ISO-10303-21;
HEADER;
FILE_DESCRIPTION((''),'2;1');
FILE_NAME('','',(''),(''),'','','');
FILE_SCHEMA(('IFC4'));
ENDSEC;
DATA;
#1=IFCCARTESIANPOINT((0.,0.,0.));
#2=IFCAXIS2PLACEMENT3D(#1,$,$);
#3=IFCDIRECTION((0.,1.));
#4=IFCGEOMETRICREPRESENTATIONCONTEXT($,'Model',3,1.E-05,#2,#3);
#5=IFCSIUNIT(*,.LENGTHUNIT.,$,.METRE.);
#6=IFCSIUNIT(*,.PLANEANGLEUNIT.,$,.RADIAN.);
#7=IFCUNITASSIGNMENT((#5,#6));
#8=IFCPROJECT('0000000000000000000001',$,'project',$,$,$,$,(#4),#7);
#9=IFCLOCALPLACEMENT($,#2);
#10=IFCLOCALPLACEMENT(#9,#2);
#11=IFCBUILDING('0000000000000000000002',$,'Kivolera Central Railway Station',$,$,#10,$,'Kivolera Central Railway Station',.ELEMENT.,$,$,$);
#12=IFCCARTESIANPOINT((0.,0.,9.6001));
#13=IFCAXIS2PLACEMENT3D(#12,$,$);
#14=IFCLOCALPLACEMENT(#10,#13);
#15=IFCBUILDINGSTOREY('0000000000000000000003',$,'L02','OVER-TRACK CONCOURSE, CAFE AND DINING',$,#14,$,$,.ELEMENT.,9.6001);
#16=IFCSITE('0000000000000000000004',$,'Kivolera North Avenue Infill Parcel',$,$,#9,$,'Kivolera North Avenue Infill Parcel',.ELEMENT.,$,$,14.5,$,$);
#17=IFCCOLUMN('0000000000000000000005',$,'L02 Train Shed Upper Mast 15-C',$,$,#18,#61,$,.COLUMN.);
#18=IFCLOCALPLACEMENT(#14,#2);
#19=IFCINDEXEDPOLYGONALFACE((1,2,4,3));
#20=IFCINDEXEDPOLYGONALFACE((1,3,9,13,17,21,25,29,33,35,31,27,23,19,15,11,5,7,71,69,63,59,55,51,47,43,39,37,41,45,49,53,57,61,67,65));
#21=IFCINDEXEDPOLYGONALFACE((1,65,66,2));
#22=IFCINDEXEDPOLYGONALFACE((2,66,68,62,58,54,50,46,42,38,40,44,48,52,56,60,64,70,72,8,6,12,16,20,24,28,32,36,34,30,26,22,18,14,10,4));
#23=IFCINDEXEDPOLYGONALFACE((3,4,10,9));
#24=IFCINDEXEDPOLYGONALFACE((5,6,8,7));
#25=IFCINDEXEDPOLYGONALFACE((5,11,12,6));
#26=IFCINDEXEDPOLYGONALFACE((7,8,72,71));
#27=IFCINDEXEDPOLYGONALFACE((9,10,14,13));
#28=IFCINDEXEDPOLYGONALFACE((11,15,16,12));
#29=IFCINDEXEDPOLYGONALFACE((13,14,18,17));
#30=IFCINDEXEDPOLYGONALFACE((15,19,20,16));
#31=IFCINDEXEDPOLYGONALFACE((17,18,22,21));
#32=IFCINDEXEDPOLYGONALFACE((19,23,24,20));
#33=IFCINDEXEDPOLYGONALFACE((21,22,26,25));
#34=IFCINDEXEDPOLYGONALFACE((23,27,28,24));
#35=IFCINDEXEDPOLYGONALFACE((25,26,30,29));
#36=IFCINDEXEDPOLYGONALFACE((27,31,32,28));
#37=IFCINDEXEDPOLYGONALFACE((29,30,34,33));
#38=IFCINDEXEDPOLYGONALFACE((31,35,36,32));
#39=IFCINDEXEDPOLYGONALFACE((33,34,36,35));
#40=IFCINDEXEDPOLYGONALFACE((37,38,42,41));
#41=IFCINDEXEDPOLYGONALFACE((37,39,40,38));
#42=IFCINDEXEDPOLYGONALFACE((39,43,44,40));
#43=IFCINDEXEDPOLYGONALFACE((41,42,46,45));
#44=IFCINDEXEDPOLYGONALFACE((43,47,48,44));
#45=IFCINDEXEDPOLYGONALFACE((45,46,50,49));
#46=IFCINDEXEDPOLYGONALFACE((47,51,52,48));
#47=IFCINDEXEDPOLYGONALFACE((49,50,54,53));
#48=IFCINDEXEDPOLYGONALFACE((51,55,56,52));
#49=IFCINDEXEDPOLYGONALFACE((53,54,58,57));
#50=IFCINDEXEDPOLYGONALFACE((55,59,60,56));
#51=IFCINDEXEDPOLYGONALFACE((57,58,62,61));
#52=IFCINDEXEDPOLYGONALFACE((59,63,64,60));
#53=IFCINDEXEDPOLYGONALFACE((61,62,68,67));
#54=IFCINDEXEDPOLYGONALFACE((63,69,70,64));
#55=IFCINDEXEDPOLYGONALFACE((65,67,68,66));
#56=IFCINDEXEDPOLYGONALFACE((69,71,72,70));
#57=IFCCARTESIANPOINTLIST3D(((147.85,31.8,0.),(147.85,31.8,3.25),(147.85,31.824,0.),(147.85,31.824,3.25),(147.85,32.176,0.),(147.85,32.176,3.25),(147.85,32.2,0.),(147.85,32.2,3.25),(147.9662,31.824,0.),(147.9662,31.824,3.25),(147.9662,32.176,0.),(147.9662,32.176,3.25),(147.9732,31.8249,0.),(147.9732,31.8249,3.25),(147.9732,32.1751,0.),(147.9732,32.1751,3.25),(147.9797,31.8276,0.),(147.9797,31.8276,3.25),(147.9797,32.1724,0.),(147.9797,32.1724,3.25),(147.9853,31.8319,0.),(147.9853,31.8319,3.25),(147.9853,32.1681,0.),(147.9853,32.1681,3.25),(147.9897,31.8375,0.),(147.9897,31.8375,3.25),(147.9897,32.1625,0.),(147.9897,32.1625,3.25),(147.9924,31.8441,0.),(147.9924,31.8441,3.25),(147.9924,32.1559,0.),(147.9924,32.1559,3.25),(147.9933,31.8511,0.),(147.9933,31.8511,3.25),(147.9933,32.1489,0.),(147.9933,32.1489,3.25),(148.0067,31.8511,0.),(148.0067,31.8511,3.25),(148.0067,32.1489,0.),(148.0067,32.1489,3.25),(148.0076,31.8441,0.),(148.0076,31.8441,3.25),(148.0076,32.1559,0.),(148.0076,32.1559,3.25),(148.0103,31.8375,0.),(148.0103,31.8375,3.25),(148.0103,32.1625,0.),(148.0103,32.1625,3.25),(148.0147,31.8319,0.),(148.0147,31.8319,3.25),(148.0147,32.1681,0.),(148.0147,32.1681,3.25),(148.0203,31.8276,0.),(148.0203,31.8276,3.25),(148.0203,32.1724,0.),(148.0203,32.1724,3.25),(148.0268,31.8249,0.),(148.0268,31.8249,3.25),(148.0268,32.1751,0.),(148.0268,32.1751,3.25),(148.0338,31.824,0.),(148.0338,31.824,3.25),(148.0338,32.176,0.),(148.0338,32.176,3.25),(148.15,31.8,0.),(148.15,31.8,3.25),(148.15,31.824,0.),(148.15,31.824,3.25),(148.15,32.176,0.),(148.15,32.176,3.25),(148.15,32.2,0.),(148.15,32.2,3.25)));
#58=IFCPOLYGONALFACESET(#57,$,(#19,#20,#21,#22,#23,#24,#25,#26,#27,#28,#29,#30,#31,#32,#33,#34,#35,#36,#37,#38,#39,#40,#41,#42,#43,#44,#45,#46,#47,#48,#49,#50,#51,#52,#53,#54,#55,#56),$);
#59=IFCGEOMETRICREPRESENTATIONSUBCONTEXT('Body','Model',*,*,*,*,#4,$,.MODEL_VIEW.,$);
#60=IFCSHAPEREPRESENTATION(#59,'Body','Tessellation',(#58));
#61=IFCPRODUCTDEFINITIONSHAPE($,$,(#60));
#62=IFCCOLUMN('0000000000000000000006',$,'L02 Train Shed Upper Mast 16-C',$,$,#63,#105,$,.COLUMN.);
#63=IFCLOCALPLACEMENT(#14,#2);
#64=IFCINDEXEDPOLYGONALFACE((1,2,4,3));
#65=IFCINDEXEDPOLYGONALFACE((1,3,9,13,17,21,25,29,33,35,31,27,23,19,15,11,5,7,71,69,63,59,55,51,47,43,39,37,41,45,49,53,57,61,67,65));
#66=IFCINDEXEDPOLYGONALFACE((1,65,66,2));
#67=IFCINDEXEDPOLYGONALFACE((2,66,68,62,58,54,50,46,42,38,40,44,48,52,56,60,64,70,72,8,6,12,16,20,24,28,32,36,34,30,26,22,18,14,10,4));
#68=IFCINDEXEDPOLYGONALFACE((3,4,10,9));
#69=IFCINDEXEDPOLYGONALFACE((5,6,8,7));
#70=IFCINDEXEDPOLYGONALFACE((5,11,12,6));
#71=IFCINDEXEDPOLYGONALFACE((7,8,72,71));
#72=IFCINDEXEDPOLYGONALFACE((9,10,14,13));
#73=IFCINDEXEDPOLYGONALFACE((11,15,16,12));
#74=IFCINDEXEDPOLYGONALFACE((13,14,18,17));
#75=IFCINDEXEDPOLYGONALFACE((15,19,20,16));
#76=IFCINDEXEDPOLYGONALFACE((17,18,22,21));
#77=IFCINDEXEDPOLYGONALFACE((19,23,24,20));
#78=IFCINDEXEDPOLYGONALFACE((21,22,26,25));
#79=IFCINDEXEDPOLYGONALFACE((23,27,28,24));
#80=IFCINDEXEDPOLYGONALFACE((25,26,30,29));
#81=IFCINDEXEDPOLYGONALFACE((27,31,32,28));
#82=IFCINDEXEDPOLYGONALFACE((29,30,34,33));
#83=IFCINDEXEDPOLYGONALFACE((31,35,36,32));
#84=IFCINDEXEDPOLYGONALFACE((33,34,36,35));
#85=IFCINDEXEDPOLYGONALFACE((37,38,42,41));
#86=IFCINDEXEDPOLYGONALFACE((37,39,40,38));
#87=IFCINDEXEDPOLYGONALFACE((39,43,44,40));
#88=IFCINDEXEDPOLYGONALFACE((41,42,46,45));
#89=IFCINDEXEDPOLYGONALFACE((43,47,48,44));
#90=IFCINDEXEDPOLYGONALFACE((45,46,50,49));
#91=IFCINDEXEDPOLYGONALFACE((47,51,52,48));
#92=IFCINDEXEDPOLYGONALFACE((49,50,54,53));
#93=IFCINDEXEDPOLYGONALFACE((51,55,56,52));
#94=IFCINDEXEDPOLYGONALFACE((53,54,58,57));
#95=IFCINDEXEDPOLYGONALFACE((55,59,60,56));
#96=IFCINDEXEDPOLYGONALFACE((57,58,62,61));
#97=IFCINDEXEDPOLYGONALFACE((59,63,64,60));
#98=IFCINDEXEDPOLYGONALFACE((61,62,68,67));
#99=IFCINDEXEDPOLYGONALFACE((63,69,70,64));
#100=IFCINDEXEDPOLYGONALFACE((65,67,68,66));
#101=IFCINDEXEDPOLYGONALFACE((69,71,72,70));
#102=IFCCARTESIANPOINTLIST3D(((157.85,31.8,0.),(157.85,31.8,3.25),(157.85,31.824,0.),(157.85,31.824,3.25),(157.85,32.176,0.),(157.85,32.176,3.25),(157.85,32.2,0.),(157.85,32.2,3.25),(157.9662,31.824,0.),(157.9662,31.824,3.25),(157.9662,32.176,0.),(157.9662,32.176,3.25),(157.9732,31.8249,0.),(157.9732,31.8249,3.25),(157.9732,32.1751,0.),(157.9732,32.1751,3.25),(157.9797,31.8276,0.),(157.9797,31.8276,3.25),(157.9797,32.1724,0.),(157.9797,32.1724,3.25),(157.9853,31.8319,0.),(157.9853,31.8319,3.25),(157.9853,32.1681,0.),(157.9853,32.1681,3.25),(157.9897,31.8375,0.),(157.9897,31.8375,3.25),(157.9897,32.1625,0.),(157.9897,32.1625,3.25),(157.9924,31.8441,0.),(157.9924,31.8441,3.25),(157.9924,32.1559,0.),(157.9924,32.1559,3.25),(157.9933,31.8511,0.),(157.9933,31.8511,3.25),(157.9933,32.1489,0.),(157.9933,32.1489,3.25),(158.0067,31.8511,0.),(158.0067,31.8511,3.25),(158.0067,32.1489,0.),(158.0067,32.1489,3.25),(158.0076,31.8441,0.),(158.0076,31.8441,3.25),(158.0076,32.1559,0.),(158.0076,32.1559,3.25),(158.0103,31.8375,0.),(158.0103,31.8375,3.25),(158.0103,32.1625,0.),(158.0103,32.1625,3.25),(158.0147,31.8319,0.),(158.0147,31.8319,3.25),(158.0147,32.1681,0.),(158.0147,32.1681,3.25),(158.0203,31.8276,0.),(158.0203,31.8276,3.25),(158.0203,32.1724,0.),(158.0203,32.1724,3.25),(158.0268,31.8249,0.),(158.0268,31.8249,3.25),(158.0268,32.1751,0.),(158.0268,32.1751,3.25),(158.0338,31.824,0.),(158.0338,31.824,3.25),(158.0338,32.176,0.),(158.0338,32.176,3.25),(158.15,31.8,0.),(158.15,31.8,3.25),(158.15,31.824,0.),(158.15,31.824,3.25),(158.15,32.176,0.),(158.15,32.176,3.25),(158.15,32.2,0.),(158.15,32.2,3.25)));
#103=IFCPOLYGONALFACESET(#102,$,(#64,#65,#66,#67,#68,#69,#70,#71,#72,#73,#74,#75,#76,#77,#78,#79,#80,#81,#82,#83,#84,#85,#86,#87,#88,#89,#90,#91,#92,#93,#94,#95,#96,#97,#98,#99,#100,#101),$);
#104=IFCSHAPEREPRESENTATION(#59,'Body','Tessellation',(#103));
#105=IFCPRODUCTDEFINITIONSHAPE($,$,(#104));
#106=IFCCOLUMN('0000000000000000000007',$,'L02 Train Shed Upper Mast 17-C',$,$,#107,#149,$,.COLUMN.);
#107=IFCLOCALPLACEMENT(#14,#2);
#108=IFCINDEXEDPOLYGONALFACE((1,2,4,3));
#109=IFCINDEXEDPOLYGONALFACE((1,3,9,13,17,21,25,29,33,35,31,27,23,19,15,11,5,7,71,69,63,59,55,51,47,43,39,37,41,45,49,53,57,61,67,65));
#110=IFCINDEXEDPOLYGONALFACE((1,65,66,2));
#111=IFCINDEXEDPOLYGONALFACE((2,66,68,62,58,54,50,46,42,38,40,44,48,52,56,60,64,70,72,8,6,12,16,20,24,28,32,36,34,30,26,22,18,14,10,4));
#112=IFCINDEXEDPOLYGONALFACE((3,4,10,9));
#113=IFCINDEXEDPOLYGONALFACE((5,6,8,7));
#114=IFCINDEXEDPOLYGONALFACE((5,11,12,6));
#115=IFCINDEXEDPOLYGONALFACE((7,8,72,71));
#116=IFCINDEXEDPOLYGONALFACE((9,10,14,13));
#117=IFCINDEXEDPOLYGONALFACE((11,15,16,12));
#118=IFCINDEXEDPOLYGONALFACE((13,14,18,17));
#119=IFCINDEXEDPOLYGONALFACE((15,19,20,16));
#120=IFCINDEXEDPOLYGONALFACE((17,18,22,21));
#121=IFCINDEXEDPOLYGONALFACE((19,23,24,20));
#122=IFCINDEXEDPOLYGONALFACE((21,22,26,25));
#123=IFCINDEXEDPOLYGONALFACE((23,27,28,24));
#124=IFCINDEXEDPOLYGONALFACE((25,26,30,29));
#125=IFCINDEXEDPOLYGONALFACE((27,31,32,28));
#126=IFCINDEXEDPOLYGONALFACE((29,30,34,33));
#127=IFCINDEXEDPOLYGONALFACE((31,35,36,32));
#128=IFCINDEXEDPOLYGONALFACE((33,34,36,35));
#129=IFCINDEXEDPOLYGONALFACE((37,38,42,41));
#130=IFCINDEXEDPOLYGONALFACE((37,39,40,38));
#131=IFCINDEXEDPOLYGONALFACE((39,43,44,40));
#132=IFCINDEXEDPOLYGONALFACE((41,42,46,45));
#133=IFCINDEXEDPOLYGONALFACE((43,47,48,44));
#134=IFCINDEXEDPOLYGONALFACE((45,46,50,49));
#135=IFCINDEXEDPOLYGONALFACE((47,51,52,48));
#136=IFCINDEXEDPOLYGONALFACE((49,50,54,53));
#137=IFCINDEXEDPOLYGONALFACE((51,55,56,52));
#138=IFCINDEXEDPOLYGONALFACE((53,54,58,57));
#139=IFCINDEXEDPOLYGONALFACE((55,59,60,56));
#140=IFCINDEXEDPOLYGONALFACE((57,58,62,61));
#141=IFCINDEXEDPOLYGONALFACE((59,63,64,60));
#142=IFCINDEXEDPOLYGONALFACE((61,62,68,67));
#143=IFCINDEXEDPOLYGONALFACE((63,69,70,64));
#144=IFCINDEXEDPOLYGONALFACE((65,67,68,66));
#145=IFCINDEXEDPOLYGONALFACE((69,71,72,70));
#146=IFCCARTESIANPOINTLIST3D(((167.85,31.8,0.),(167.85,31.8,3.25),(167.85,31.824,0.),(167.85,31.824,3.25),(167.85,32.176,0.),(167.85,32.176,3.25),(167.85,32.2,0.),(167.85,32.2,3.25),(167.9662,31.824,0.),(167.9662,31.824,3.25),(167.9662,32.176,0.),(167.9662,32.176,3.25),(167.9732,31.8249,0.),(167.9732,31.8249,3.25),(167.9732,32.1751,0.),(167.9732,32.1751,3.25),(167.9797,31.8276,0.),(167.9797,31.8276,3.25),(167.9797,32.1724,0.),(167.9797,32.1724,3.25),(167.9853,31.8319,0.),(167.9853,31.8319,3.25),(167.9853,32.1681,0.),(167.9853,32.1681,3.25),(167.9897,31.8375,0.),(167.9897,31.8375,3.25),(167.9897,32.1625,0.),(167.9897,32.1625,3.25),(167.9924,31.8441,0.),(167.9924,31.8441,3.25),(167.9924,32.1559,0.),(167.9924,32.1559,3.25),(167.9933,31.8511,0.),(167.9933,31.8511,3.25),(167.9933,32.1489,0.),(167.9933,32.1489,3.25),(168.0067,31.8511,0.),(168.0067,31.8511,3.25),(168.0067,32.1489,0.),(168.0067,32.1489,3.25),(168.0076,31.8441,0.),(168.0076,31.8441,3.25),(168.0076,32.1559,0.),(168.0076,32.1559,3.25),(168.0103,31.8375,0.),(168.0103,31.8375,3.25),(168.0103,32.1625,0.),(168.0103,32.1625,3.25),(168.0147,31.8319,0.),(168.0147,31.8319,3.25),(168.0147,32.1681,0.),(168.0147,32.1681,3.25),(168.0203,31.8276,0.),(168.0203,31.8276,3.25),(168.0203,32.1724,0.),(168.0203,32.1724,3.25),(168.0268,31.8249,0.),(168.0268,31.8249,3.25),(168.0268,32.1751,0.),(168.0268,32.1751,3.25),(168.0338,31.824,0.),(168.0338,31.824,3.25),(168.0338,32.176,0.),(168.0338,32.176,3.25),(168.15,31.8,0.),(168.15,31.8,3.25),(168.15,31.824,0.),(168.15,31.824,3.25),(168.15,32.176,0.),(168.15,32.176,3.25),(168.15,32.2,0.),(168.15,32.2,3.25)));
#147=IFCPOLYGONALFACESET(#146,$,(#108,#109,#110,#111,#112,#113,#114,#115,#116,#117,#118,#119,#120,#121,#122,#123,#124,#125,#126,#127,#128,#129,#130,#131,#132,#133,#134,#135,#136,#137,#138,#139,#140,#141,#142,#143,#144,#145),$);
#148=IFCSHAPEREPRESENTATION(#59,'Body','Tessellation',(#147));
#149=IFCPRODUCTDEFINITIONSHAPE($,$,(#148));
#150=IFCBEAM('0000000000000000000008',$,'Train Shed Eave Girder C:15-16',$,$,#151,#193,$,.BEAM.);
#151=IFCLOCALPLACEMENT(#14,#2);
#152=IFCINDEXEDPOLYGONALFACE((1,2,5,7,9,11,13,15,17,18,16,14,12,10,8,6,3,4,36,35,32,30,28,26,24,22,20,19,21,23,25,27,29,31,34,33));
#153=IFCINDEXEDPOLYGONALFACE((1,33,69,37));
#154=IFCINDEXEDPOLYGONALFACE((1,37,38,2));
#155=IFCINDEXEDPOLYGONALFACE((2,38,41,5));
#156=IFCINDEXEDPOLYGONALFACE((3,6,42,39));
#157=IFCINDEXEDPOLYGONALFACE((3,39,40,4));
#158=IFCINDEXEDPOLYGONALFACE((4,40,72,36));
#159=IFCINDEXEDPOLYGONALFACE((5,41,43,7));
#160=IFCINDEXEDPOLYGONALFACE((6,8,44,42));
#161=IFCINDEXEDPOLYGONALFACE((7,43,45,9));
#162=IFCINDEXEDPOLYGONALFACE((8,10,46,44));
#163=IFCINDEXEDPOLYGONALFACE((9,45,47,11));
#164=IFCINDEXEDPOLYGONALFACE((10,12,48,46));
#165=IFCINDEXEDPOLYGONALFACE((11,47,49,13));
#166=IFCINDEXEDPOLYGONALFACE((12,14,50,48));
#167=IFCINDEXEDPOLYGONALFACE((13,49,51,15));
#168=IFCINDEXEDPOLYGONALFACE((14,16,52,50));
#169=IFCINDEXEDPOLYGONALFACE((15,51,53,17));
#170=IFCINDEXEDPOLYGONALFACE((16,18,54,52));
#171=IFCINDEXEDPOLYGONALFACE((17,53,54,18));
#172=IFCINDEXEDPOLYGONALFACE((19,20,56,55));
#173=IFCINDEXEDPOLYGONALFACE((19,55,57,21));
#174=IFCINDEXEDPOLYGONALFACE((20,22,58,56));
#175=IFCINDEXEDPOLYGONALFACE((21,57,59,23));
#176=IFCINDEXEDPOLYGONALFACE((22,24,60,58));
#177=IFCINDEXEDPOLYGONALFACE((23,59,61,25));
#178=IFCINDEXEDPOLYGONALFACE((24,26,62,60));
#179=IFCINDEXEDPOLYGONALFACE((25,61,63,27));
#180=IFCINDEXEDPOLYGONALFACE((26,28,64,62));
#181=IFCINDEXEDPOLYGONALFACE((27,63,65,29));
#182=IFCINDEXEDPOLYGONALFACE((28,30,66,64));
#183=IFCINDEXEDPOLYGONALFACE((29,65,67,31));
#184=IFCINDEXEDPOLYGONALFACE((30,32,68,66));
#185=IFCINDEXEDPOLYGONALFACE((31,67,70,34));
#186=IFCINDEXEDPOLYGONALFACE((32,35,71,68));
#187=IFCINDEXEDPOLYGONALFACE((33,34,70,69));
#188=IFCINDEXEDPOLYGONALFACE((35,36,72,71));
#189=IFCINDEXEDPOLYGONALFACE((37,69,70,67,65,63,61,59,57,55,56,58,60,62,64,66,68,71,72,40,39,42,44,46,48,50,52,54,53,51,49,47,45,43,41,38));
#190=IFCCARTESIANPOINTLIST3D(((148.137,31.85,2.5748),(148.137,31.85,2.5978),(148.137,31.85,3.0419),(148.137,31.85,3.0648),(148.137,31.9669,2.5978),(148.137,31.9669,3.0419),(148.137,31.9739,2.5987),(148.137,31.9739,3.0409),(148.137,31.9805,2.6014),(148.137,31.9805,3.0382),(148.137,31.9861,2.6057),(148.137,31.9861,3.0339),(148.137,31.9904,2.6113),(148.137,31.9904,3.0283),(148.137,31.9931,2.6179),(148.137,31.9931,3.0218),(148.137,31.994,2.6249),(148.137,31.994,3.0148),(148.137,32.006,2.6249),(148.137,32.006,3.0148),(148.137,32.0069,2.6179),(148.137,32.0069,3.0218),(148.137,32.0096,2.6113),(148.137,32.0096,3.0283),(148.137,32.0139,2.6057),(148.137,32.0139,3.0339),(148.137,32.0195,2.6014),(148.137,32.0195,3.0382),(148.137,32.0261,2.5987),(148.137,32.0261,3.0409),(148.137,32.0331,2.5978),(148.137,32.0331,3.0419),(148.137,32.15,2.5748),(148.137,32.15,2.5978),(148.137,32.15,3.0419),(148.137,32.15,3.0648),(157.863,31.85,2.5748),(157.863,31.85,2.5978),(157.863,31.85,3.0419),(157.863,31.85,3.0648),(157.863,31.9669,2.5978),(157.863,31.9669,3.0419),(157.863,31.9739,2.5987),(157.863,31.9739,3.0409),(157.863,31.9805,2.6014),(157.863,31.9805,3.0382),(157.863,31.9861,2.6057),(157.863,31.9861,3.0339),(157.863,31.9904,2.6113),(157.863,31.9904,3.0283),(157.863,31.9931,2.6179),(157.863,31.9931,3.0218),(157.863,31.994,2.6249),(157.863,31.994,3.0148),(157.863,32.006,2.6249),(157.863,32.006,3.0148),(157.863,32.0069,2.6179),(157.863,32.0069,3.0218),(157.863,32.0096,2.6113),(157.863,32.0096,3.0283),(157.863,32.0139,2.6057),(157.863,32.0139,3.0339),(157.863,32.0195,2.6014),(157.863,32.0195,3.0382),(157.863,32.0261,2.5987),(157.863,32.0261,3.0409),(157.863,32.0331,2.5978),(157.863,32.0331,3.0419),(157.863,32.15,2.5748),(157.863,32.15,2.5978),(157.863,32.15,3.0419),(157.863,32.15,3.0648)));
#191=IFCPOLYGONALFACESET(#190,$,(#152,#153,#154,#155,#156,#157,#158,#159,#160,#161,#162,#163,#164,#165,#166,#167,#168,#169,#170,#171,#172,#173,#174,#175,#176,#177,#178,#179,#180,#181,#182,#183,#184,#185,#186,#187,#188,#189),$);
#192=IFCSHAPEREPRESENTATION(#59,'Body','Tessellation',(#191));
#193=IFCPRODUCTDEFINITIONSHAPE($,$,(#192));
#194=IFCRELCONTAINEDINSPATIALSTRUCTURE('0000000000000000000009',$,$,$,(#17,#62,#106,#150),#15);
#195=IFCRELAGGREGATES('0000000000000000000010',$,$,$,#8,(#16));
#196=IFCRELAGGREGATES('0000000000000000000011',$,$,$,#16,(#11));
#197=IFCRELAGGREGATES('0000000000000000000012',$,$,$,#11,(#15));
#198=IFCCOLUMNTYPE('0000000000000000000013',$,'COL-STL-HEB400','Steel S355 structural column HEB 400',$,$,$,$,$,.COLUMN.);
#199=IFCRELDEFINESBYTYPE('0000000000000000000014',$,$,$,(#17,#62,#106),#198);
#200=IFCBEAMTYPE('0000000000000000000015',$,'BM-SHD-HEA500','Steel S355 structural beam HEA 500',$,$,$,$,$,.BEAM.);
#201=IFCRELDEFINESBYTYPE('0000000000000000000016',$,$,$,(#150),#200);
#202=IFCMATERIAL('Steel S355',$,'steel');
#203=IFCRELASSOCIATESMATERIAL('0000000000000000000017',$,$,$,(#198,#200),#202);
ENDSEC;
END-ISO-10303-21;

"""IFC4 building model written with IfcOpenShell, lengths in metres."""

from ifc_helpers import new_model, si_unit, direction, frame, origin, origin_2d, place, context, subcontext, project, spatial, i_section, extrude, material, material_profile, profile_set, type_object, element, save


model = new_model("IFC4")

# Units and contexts
model_context = context("Model", 3, precision=1e-05, world=origin(), true_north=direction((0.0, 1.0)))
body_context = subcontext(model_context, "Body", "Model", "MODEL_VIEW")
ifc_project = project(units=[si_unit("LENGTHUNIT", "METRE"), si_unit("PLANEANGLEUNIT", "RADIAN")], contexts=[model_context])

# Site, building, storey
site_placement = place(None, origin())
site = spatial("IfcSite", under=ifc_project, at=site_placement, Name="Kivolera North Avenue Infill Parcel", LongName="Kivolera North Avenue Infill Parcel", CompositionType="ELEMENT", RefElevation=14.5)
building_placement = place(site_placement, origin())
building = spatial("IfcBuilding", under=site, at=building_placement, Name="Kivolera Central Railway Station", LongName="Kivolera Central Railway Station", CompositionType="ELEMENT")
storey_placement = place(building_placement, frame((0.0, 0.0, 9.6001)))
storey = spatial("IfcBuildingStorey", under=building, at=storey_placement, Name="L02", Description="OVER-TRACK CONCOURSE, CAFE AND DINING", CompositionType="ELEMENT", Elevation=9.6001)

# Columns
ifc_material_1 = material(Name="Steel S355", Category="steel")
ifc_material_profile_1 = material_profile(ifc_material_1, i_section(OverallWidth=0.3, OverallDepth=0.3999, WebThickness=0.0134, FlangeThickness=0.0239, FilletRadius=0.0271, at=origin_2d()), Name="HEB 400")
ifc_profile_set_1 = profile_set([ifc_material_profile_1], Name="Steel S355")
column_type = type_object("IfcColumnType", Name="COL-STL-HEB400", Description="Steel S355 structural column HEB 400", PredefinedType="COLUMN", material=ifc_profile_set_1)
for number, where, z_axis, x_axis, name in (
    (1, (148.0, 32.0, 0.0), (0.0, 0.0, 1.0), (1.0, 0.0, 0.0), "L02 Train Shed Upper Mast 15-C"),
    (2, (158.0, 32.0, 0.0), (0.0, 0.0, 1.0), (1.0, 0.0, 0.0), "L02 Train Shed Upper Mast 16-C"),
    (3, (168.0, 32.0, 0.0), (0.0, 0.0, 1.0), (1.0, 0.0, 0.0), "L02 Train Shed Upper Mast 17-C"),
):
    element("IfcColumn", number, at=place(storey_placement, frame(where, z_axis=z_axis, x_axis=x_axis)), inside=storey, type_object=column_type, Name=name, PredefinedType="COLUMN", context=body_context, shape_type="SweptSolid", body=[
        extrude(i_section(OverallWidth=0.3, OverallDepth=0.3999, WebThickness=0.0134, FlangeThickness=0.0239, FilletRadius=0.0271, at=origin_2d()), origin(), (0.0, 0.0, 1.0), 3.25),
    ])

# Beam
ifc_material_profile_2 = material_profile(ifc_material_1, i_section(OverallWidth=0.3, OverallDepth=0.49, WebThickness=0.012, FlangeThickness=0.0229, FilletRadius=0.0271, at=origin_2d()), Name="HEA 500")
ifc_profile_set_2 = profile_set([ifc_material_profile_2], Name="Steel S355")
beam_type_1 = type_object("IfcBeamType", Name="BM-SHD-HEA500", Description="Steel S355 structural beam HEA 500", PredefinedType="BEAM", material=ifc_profile_set_2)
for number, where, z_axis, x_axis, name in (
    (4, (148.137, 32.0, 2.8198), (1.0, 0.0, 0.0), (0.0, 1.0, 0.0), "Train Shed Eave Girder C:15-16"),
):
    element("IfcBeam", number, at=place(storey_placement, frame(where, z_axis=z_axis, x_axis=x_axis)), inside=storey, type_object=beam_type_1, Name=name, PredefinedType="BEAM", context=body_context, shape_type="SweptSolid", body=[
        extrude(i_section(OverallWidth=0.3, OverallDepth=0.49, WebThickness=0.012, FlangeThickness=0.0229, FilletRadius=0.0271, at=origin_2d()), origin(), (0.0, 0.0, 1.0), 9.7261),
    ])

save(model, "model.ifc")
